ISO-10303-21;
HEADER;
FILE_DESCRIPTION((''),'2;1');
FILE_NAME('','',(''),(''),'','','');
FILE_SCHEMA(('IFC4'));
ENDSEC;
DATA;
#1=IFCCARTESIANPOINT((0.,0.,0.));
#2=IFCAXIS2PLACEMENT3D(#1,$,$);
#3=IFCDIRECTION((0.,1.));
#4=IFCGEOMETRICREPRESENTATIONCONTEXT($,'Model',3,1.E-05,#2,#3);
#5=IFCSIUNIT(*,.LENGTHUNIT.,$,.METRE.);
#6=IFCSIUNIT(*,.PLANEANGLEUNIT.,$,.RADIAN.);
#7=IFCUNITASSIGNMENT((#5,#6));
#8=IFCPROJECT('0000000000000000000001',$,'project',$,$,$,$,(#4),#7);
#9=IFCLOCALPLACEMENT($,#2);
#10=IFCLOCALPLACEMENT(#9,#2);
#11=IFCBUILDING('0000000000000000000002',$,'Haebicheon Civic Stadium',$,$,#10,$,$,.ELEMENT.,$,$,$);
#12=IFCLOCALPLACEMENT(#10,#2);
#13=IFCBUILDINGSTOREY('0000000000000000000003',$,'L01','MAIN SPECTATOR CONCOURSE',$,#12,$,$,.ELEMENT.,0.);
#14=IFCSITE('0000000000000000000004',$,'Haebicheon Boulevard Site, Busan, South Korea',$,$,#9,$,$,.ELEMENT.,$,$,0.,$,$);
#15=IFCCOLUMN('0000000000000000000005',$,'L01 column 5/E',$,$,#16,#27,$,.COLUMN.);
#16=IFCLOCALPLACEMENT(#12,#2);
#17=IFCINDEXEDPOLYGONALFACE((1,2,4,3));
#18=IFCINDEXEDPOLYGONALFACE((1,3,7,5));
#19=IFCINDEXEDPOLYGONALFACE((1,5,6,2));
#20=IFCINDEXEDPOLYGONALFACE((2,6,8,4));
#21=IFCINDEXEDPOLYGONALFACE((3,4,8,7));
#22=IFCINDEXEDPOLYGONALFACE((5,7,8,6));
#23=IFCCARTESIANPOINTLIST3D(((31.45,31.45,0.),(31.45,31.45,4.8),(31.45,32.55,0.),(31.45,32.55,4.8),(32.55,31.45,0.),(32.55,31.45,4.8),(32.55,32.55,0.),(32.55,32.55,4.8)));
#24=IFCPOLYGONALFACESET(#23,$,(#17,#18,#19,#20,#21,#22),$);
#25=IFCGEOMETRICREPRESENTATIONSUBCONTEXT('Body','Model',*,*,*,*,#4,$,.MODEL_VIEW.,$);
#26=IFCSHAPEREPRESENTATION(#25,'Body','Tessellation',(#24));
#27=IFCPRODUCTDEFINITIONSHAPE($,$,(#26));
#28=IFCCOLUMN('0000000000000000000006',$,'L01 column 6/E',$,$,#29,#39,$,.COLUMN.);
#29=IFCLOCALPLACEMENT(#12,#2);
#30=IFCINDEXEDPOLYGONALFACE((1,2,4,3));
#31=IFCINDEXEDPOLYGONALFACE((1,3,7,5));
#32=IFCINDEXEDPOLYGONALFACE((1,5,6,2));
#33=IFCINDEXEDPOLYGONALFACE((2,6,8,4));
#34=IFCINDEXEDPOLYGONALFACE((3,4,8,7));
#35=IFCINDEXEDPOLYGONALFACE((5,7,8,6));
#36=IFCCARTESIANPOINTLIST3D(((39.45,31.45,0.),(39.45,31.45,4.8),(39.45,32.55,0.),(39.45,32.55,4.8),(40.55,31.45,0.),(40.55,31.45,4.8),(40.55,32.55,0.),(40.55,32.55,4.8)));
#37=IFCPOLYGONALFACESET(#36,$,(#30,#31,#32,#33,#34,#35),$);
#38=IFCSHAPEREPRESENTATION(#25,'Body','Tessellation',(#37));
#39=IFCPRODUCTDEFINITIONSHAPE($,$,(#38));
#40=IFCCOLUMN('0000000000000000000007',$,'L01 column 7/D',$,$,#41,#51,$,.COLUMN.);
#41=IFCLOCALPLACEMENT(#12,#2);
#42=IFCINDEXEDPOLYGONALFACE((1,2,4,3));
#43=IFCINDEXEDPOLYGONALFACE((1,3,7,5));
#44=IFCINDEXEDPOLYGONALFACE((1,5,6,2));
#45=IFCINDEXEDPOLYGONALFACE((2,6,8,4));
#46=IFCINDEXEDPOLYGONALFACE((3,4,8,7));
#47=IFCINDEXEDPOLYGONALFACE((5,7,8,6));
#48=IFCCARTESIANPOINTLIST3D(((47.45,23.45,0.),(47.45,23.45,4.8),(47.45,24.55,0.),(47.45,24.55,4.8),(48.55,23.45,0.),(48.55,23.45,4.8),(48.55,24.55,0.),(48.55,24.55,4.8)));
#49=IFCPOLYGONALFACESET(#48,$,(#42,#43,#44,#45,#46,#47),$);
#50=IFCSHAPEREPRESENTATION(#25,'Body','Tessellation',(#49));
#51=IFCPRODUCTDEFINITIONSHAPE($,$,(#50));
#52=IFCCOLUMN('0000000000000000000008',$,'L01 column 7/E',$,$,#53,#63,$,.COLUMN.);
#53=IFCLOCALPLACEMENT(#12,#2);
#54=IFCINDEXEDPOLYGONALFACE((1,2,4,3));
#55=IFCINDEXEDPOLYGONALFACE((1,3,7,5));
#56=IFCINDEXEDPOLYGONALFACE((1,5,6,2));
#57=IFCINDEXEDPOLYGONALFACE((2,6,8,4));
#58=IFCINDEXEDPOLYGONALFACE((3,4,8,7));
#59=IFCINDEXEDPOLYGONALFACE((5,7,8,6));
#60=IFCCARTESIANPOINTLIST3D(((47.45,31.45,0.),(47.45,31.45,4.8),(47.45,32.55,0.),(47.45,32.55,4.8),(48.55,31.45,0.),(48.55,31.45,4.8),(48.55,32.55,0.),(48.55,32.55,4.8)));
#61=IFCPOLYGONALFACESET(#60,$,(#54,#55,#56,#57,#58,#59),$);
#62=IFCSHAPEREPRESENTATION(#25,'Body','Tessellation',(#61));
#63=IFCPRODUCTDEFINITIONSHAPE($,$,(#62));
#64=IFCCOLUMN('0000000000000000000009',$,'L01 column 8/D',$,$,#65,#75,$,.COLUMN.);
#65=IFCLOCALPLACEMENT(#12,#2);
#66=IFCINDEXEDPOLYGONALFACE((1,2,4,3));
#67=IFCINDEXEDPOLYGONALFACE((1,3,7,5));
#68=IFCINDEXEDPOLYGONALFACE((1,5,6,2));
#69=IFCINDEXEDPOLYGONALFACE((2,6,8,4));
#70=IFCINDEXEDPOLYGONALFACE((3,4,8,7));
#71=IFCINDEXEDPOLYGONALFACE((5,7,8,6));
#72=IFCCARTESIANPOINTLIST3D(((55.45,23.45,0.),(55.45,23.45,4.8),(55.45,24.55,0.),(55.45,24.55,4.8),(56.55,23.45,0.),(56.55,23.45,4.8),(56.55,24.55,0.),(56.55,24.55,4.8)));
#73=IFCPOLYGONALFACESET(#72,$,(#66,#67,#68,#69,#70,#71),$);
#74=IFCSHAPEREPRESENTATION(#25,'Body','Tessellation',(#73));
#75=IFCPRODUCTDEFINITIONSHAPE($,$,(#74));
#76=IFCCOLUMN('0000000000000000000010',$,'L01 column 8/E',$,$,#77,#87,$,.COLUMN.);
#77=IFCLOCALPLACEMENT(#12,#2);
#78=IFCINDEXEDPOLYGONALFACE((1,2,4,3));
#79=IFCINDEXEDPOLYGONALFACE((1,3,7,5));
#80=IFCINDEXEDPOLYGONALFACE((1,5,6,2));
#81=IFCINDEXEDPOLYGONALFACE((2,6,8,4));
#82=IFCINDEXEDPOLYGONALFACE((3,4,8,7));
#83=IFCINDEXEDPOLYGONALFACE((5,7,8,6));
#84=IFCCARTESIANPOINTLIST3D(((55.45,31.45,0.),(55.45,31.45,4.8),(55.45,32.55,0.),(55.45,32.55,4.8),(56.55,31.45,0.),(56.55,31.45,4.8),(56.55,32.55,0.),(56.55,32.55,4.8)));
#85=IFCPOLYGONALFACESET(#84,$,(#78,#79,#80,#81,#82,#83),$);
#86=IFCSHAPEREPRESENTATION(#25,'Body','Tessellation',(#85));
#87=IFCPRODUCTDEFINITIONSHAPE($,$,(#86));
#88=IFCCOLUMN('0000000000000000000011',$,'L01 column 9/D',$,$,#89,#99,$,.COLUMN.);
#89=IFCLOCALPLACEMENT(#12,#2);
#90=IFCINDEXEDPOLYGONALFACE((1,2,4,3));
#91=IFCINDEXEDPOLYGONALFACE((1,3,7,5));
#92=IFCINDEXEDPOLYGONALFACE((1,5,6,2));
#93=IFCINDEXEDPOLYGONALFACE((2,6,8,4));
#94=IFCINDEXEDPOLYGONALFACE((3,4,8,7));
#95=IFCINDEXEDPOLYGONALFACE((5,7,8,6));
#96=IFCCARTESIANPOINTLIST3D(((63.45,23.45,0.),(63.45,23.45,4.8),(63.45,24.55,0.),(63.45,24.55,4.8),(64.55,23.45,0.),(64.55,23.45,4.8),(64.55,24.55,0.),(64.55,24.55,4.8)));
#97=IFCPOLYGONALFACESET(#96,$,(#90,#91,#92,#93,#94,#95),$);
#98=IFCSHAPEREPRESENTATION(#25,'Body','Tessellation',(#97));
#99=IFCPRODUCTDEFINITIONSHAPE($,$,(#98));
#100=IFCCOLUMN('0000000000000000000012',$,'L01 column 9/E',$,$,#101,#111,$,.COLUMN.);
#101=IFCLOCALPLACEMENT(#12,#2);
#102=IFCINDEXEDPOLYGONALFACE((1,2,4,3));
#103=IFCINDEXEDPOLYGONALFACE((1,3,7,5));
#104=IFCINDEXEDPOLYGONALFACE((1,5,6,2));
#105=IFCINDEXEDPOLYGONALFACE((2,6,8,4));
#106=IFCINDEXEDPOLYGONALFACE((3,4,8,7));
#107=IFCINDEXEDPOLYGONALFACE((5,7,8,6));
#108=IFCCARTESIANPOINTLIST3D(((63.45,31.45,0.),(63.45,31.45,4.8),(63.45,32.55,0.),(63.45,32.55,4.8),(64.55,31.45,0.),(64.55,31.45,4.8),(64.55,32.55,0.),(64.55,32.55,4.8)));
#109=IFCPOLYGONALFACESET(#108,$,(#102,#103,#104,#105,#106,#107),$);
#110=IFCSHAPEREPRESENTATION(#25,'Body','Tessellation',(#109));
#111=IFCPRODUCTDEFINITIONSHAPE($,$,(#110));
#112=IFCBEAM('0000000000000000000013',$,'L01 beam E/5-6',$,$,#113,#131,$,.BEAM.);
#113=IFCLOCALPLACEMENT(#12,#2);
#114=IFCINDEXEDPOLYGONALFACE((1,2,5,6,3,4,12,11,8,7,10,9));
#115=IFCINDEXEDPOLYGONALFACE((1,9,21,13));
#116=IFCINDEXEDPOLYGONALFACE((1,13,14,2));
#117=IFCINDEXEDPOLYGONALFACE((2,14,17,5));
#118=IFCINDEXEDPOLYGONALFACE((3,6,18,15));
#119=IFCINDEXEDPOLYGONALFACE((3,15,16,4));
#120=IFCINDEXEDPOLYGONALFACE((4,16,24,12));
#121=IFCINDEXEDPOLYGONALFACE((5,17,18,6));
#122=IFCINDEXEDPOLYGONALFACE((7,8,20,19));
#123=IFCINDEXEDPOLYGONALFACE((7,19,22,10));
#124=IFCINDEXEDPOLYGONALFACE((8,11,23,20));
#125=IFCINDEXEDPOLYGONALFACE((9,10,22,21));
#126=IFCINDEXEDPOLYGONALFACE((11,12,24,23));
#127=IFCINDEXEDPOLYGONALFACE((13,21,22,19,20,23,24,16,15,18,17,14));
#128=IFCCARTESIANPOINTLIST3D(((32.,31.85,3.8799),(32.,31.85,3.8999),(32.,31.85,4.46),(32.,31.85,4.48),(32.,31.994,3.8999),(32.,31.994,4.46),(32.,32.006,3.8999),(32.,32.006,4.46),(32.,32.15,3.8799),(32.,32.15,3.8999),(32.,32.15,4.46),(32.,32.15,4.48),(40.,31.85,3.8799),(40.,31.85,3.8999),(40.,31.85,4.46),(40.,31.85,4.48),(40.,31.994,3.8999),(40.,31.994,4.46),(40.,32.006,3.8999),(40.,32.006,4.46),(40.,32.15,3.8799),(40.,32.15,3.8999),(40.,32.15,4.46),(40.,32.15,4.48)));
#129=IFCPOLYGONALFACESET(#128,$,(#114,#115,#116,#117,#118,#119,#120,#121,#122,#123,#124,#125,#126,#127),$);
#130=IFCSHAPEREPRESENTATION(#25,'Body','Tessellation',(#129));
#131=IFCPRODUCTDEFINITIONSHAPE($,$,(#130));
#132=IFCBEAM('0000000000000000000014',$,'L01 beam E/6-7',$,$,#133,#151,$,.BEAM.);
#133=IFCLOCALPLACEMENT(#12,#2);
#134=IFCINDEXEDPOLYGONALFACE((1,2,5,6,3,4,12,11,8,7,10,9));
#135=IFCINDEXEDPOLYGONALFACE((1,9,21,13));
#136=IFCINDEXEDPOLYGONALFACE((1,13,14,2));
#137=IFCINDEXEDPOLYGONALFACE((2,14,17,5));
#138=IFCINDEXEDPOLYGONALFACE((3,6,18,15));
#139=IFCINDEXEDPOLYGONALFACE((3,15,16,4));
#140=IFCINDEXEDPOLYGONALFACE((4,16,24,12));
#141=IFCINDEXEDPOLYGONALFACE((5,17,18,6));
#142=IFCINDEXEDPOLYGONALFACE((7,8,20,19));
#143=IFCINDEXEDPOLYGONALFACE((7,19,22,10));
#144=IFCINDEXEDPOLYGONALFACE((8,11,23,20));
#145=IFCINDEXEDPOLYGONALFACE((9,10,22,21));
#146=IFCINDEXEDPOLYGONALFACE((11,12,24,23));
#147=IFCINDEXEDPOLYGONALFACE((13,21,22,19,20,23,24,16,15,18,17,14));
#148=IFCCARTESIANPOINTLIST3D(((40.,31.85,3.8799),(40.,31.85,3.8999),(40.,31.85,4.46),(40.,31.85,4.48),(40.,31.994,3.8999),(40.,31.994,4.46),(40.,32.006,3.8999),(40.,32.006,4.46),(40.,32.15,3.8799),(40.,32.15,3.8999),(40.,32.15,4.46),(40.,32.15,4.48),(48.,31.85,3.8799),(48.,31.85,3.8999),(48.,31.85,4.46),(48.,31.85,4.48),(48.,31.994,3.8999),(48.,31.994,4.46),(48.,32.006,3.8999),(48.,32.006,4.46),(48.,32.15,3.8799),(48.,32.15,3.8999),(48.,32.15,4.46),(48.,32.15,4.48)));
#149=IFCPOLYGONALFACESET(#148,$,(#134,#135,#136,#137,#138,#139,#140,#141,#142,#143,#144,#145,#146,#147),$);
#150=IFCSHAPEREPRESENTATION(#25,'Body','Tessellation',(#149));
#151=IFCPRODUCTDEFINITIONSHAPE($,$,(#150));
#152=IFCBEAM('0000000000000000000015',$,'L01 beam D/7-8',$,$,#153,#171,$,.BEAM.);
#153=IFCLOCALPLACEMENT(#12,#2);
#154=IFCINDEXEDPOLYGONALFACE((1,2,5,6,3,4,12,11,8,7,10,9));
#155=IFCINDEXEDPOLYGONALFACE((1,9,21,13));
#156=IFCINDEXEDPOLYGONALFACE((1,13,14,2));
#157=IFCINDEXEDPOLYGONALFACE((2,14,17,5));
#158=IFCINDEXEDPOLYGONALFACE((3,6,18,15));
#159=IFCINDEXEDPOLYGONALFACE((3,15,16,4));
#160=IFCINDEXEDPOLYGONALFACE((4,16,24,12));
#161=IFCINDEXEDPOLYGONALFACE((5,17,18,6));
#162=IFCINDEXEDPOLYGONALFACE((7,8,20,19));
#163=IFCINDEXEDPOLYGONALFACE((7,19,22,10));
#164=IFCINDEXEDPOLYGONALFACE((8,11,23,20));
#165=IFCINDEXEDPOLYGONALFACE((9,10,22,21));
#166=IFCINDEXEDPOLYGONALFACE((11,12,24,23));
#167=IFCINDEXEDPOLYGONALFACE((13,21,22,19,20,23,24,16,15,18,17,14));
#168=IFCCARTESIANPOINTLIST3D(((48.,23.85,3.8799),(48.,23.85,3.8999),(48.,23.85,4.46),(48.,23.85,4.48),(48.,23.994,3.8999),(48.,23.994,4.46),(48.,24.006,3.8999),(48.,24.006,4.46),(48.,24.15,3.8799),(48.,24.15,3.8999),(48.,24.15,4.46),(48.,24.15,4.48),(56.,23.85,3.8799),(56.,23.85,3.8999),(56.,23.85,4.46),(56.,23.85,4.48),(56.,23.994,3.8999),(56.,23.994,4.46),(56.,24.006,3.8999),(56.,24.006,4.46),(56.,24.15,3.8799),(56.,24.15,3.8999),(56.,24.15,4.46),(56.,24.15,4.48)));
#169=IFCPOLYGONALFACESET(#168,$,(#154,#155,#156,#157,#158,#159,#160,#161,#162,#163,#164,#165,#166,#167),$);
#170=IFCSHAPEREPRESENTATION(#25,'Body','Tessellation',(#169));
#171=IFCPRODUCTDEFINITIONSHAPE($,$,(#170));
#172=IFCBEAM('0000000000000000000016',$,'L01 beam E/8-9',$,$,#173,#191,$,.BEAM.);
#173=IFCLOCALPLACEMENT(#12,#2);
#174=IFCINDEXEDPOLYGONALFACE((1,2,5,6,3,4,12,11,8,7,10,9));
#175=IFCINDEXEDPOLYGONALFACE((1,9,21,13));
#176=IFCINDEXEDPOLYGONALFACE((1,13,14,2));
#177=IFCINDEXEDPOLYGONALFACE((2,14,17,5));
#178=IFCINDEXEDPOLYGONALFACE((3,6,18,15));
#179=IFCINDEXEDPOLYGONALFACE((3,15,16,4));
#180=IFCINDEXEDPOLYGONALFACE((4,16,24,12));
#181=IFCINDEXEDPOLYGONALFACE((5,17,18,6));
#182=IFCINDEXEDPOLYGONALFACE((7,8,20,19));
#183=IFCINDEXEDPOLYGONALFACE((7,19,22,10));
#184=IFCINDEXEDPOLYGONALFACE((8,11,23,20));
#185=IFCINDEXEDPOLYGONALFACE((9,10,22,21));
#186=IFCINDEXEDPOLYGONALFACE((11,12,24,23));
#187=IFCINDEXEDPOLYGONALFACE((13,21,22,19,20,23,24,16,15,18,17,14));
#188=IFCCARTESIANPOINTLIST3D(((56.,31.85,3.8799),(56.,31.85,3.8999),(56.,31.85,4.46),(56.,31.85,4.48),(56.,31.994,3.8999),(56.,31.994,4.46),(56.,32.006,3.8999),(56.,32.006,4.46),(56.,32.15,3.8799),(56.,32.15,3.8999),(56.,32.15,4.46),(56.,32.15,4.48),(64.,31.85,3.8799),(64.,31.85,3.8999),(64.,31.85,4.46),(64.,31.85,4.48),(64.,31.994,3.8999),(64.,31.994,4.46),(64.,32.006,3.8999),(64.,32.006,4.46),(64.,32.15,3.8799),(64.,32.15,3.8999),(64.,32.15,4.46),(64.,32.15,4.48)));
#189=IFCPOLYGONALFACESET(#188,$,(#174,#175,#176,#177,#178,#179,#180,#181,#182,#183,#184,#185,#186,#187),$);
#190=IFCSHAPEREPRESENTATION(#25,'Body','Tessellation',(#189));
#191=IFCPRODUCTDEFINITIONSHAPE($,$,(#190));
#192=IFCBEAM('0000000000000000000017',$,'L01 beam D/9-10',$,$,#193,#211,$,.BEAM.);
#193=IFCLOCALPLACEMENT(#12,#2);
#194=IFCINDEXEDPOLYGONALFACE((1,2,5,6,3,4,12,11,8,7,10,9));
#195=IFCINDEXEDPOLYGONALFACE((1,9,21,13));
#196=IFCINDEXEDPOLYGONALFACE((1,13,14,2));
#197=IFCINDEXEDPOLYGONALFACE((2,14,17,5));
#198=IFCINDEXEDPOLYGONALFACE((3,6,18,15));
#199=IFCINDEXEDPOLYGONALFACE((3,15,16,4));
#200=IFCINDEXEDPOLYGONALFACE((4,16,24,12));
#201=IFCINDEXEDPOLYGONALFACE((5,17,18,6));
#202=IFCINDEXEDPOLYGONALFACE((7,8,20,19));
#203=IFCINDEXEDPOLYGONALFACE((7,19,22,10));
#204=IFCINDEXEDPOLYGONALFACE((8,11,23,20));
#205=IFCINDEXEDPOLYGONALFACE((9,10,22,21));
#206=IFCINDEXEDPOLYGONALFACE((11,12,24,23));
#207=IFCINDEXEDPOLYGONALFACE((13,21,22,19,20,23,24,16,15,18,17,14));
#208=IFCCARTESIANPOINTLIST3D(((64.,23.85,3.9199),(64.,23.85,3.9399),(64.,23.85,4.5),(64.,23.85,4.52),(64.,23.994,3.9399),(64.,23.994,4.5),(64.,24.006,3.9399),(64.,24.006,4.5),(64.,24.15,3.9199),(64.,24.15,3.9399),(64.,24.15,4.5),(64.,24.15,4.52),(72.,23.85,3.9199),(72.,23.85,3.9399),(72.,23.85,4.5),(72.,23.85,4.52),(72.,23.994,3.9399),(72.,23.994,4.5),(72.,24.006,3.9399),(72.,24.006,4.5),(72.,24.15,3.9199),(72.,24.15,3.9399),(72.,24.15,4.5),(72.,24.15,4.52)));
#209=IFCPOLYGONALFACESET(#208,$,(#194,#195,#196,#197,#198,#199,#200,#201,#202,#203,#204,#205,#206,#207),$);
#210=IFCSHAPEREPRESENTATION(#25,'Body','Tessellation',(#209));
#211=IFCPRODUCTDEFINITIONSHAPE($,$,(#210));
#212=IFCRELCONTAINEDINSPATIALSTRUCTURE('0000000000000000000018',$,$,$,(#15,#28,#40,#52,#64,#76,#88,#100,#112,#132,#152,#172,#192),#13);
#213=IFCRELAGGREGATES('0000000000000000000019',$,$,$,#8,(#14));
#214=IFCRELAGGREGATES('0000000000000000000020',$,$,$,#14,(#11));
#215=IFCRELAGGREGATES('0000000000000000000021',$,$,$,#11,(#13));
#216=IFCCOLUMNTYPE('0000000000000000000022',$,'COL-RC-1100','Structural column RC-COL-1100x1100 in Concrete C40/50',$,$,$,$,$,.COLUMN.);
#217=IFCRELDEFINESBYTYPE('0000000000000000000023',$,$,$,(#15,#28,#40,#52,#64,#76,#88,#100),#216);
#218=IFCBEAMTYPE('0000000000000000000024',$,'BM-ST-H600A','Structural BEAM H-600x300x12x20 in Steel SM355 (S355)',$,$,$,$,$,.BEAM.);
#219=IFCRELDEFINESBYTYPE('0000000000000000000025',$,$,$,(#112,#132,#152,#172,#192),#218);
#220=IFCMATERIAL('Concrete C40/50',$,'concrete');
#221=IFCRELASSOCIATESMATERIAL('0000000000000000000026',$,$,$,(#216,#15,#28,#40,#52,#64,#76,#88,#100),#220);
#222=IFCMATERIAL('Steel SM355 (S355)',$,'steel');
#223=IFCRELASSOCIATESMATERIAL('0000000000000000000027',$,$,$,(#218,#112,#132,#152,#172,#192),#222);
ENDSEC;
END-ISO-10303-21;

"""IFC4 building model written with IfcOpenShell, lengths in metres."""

from ifc_helpers import new_model, si_unit, direction, frame, origin, origin_2d, place, context, subcontext, project, spatial, rectangle, i_section, extrude, material, material_profile, profile_set, type_object, element, save


model = new_model("IFC4")

# Units and contexts
model_context = context("Model", 3, precision=1e-05, world=origin(), true_north=direction((0.0, 1.0)))
body_context = subcontext(model_context, "Body", "Model", "MODEL_VIEW")
ifc_project = project(units=[si_unit("LENGTHUNIT", "METRE"), si_unit("PLANEANGLEUNIT", "RADIAN")], contexts=[model_context])

# Site, building, storey
site_placement = place(None, origin())
site = spatial("IfcSite", under=ifc_project, at=site_placement, Name="Haebicheon Boulevard Site, Busan, South Korea", CompositionType="ELEMENT", RefElevation=0.0)
building_placement = place(site_placement, origin())
building = spatial("IfcBuilding", under=site, at=building_placement, Name="Haebicheon Civic Stadium", CompositionType="ELEMENT")
storey_placement = place(building_placement, origin())
storey = spatial("IfcBuildingStorey", under=building, at=storey_placement, Name="L01", Description="MAIN SPECTATOR CONCOURSE", CompositionType="ELEMENT", Elevation=0.0)

# Columns
ifc_material_1 = material(Name="Concrete C40/50", Category="concrete")
ifc_material_profile_1 = material_profile(ifc_material_1, rectangle(XDim=1.1001, YDim=1.1001, at=origin_2d()), Name="RC-COL-1100x1100")
ifc_profile_set_1 = profile_set([ifc_material_profile_1], Name="Concrete C40/50")
column_type = type_object("IfcColumnType", Name="COL-RC-1100", Description="Structural column RC-COL-1100x1100 in Concrete C40/50", PredefinedType="COLUMN", material=ifc_profile_set_1)
for number, where, z_axis, x_axis, name in (
    (1, (32.0, 32.0, 0.0), (0.0, 0.0, 1.0), (1.0, 0.0, 0.0), "L01 column 5/E"),
    (2, (40.0, 32.0, 0.0), (0.0, 0.0, 1.0), (1.0, 0.0, 0.0), "L01 column 6/E"),
    (3, (48.0, 24.0, 0.0), (0.0, 0.0, 1.0), (1.0, 0.0, 0.0), "L01 column 7/D"),
    (4, (48.0, 32.0, 0.0), (0.0, 0.0, 1.0), (1.0, 0.0, 0.0), "L01 column 7/E"),
    (5, (56.0, 24.0, 0.0), (0.0, 0.0, 1.0), (1.0, 0.0, 0.0), "L01 column 8/D"),
    (6, (56.0, 32.0, 0.0), (0.0, 0.0, 1.0), (1.0, 0.0, 0.0), "L01 column 8/E"),
    (7, (64.0, 24.0, 0.0), (0.0, 0.0, 1.0), (1.0, 0.0, 0.0), "L01 column 9/D"),
    (8, (64.0, 32.0, 0.0), (0.0, 0.0, 1.0), (1.0, 0.0, 0.0), "L01 column 9/E"),
):
    element("IfcColumn", number, at=place(storey_placement, frame(where, z_axis=z_axis, x_axis=x_axis)), inside=storey, type_object=column_type, material=ifc_profile_set_1, Name=name, PredefinedType="COLUMN", context=body_context, shape_type="SweptSolid", body=[
        extrude(rectangle(XDim=1.1001, YDim=1.1001, at=origin_2d()), origin(), (0.0, 0.0, 1.0), 4.8),
    ])

# Beams
ifc_material_2 = material(Name="Steel SM355 (S355)", Category="steel")
ifc_material_profile_2 = material_profile(ifc_material_2, i_section(OverallWidth=0.3, OverallDepth=0.6001, WebThickness=0.012, FlangeThickness=0.02, at=origin_2d()), Name="H-600x300x12x20")
ifc_profile_set_2 = profile_set([ifc_material_profile_2], Name="Steel SM355 (S355)")
beam_type_1 = type_object("IfcBeamType", Name="BM-ST-H600A", Description="Structural BEAM H-600x300x12x20 in Steel SM355 (S355)", PredefinedType="BEAM", material=ifc_profile_set_2)
for number, where, z_axis, x_axis, name in (
    (9, (32.0, 32.0, 4.1799), (1.0, 0.0, 0.0), (0.0, 1.0, 0.0), "L01 beam E/5-6"),
    (10, (40.0, 32.0, 4.1799), (1.0, 0.0, 0.0), (0.0, 1.0, 0.0), "L01 beam E/6-7"),
    (11, (48.0, 24.0, 4.1799), (1.0, 0.0, 0.0), (0.0, 1.0, 0.0), "L01 beam D/7-8"),
    (12, (56.0, 32.0, 4.1799), (1.0, 0.0, 0.0), (0.0, 1.0, 0.0), "L01 beam E/8-9"),
    (13, (64.0, 24.0, 4.22), (1.0, 0.0, 0.0), (0.0, 1.0, 0.0), "L01 beam D/9-10"),
):
    element("IfcBeam", number, at=place(storey_placement, frame(where, z_axis=z_axis, x_axis=x_axis)), inside=storey, type_object=beam_type_1, material=ifc_profile_set_2, Name=name, PredefinedType="BEAM", context=body_context, shape_type="SweptSolid", body=[
        extrude(i_section(OverallWidth=0.3, OverallDepth=0.6001, WebThickness=0.012, FlangeThickness=0.02, at=origin_2d()), origin(), (0.0, 0.0, 1.0), 8.0),
    ])

save(model, "model.ifc")
